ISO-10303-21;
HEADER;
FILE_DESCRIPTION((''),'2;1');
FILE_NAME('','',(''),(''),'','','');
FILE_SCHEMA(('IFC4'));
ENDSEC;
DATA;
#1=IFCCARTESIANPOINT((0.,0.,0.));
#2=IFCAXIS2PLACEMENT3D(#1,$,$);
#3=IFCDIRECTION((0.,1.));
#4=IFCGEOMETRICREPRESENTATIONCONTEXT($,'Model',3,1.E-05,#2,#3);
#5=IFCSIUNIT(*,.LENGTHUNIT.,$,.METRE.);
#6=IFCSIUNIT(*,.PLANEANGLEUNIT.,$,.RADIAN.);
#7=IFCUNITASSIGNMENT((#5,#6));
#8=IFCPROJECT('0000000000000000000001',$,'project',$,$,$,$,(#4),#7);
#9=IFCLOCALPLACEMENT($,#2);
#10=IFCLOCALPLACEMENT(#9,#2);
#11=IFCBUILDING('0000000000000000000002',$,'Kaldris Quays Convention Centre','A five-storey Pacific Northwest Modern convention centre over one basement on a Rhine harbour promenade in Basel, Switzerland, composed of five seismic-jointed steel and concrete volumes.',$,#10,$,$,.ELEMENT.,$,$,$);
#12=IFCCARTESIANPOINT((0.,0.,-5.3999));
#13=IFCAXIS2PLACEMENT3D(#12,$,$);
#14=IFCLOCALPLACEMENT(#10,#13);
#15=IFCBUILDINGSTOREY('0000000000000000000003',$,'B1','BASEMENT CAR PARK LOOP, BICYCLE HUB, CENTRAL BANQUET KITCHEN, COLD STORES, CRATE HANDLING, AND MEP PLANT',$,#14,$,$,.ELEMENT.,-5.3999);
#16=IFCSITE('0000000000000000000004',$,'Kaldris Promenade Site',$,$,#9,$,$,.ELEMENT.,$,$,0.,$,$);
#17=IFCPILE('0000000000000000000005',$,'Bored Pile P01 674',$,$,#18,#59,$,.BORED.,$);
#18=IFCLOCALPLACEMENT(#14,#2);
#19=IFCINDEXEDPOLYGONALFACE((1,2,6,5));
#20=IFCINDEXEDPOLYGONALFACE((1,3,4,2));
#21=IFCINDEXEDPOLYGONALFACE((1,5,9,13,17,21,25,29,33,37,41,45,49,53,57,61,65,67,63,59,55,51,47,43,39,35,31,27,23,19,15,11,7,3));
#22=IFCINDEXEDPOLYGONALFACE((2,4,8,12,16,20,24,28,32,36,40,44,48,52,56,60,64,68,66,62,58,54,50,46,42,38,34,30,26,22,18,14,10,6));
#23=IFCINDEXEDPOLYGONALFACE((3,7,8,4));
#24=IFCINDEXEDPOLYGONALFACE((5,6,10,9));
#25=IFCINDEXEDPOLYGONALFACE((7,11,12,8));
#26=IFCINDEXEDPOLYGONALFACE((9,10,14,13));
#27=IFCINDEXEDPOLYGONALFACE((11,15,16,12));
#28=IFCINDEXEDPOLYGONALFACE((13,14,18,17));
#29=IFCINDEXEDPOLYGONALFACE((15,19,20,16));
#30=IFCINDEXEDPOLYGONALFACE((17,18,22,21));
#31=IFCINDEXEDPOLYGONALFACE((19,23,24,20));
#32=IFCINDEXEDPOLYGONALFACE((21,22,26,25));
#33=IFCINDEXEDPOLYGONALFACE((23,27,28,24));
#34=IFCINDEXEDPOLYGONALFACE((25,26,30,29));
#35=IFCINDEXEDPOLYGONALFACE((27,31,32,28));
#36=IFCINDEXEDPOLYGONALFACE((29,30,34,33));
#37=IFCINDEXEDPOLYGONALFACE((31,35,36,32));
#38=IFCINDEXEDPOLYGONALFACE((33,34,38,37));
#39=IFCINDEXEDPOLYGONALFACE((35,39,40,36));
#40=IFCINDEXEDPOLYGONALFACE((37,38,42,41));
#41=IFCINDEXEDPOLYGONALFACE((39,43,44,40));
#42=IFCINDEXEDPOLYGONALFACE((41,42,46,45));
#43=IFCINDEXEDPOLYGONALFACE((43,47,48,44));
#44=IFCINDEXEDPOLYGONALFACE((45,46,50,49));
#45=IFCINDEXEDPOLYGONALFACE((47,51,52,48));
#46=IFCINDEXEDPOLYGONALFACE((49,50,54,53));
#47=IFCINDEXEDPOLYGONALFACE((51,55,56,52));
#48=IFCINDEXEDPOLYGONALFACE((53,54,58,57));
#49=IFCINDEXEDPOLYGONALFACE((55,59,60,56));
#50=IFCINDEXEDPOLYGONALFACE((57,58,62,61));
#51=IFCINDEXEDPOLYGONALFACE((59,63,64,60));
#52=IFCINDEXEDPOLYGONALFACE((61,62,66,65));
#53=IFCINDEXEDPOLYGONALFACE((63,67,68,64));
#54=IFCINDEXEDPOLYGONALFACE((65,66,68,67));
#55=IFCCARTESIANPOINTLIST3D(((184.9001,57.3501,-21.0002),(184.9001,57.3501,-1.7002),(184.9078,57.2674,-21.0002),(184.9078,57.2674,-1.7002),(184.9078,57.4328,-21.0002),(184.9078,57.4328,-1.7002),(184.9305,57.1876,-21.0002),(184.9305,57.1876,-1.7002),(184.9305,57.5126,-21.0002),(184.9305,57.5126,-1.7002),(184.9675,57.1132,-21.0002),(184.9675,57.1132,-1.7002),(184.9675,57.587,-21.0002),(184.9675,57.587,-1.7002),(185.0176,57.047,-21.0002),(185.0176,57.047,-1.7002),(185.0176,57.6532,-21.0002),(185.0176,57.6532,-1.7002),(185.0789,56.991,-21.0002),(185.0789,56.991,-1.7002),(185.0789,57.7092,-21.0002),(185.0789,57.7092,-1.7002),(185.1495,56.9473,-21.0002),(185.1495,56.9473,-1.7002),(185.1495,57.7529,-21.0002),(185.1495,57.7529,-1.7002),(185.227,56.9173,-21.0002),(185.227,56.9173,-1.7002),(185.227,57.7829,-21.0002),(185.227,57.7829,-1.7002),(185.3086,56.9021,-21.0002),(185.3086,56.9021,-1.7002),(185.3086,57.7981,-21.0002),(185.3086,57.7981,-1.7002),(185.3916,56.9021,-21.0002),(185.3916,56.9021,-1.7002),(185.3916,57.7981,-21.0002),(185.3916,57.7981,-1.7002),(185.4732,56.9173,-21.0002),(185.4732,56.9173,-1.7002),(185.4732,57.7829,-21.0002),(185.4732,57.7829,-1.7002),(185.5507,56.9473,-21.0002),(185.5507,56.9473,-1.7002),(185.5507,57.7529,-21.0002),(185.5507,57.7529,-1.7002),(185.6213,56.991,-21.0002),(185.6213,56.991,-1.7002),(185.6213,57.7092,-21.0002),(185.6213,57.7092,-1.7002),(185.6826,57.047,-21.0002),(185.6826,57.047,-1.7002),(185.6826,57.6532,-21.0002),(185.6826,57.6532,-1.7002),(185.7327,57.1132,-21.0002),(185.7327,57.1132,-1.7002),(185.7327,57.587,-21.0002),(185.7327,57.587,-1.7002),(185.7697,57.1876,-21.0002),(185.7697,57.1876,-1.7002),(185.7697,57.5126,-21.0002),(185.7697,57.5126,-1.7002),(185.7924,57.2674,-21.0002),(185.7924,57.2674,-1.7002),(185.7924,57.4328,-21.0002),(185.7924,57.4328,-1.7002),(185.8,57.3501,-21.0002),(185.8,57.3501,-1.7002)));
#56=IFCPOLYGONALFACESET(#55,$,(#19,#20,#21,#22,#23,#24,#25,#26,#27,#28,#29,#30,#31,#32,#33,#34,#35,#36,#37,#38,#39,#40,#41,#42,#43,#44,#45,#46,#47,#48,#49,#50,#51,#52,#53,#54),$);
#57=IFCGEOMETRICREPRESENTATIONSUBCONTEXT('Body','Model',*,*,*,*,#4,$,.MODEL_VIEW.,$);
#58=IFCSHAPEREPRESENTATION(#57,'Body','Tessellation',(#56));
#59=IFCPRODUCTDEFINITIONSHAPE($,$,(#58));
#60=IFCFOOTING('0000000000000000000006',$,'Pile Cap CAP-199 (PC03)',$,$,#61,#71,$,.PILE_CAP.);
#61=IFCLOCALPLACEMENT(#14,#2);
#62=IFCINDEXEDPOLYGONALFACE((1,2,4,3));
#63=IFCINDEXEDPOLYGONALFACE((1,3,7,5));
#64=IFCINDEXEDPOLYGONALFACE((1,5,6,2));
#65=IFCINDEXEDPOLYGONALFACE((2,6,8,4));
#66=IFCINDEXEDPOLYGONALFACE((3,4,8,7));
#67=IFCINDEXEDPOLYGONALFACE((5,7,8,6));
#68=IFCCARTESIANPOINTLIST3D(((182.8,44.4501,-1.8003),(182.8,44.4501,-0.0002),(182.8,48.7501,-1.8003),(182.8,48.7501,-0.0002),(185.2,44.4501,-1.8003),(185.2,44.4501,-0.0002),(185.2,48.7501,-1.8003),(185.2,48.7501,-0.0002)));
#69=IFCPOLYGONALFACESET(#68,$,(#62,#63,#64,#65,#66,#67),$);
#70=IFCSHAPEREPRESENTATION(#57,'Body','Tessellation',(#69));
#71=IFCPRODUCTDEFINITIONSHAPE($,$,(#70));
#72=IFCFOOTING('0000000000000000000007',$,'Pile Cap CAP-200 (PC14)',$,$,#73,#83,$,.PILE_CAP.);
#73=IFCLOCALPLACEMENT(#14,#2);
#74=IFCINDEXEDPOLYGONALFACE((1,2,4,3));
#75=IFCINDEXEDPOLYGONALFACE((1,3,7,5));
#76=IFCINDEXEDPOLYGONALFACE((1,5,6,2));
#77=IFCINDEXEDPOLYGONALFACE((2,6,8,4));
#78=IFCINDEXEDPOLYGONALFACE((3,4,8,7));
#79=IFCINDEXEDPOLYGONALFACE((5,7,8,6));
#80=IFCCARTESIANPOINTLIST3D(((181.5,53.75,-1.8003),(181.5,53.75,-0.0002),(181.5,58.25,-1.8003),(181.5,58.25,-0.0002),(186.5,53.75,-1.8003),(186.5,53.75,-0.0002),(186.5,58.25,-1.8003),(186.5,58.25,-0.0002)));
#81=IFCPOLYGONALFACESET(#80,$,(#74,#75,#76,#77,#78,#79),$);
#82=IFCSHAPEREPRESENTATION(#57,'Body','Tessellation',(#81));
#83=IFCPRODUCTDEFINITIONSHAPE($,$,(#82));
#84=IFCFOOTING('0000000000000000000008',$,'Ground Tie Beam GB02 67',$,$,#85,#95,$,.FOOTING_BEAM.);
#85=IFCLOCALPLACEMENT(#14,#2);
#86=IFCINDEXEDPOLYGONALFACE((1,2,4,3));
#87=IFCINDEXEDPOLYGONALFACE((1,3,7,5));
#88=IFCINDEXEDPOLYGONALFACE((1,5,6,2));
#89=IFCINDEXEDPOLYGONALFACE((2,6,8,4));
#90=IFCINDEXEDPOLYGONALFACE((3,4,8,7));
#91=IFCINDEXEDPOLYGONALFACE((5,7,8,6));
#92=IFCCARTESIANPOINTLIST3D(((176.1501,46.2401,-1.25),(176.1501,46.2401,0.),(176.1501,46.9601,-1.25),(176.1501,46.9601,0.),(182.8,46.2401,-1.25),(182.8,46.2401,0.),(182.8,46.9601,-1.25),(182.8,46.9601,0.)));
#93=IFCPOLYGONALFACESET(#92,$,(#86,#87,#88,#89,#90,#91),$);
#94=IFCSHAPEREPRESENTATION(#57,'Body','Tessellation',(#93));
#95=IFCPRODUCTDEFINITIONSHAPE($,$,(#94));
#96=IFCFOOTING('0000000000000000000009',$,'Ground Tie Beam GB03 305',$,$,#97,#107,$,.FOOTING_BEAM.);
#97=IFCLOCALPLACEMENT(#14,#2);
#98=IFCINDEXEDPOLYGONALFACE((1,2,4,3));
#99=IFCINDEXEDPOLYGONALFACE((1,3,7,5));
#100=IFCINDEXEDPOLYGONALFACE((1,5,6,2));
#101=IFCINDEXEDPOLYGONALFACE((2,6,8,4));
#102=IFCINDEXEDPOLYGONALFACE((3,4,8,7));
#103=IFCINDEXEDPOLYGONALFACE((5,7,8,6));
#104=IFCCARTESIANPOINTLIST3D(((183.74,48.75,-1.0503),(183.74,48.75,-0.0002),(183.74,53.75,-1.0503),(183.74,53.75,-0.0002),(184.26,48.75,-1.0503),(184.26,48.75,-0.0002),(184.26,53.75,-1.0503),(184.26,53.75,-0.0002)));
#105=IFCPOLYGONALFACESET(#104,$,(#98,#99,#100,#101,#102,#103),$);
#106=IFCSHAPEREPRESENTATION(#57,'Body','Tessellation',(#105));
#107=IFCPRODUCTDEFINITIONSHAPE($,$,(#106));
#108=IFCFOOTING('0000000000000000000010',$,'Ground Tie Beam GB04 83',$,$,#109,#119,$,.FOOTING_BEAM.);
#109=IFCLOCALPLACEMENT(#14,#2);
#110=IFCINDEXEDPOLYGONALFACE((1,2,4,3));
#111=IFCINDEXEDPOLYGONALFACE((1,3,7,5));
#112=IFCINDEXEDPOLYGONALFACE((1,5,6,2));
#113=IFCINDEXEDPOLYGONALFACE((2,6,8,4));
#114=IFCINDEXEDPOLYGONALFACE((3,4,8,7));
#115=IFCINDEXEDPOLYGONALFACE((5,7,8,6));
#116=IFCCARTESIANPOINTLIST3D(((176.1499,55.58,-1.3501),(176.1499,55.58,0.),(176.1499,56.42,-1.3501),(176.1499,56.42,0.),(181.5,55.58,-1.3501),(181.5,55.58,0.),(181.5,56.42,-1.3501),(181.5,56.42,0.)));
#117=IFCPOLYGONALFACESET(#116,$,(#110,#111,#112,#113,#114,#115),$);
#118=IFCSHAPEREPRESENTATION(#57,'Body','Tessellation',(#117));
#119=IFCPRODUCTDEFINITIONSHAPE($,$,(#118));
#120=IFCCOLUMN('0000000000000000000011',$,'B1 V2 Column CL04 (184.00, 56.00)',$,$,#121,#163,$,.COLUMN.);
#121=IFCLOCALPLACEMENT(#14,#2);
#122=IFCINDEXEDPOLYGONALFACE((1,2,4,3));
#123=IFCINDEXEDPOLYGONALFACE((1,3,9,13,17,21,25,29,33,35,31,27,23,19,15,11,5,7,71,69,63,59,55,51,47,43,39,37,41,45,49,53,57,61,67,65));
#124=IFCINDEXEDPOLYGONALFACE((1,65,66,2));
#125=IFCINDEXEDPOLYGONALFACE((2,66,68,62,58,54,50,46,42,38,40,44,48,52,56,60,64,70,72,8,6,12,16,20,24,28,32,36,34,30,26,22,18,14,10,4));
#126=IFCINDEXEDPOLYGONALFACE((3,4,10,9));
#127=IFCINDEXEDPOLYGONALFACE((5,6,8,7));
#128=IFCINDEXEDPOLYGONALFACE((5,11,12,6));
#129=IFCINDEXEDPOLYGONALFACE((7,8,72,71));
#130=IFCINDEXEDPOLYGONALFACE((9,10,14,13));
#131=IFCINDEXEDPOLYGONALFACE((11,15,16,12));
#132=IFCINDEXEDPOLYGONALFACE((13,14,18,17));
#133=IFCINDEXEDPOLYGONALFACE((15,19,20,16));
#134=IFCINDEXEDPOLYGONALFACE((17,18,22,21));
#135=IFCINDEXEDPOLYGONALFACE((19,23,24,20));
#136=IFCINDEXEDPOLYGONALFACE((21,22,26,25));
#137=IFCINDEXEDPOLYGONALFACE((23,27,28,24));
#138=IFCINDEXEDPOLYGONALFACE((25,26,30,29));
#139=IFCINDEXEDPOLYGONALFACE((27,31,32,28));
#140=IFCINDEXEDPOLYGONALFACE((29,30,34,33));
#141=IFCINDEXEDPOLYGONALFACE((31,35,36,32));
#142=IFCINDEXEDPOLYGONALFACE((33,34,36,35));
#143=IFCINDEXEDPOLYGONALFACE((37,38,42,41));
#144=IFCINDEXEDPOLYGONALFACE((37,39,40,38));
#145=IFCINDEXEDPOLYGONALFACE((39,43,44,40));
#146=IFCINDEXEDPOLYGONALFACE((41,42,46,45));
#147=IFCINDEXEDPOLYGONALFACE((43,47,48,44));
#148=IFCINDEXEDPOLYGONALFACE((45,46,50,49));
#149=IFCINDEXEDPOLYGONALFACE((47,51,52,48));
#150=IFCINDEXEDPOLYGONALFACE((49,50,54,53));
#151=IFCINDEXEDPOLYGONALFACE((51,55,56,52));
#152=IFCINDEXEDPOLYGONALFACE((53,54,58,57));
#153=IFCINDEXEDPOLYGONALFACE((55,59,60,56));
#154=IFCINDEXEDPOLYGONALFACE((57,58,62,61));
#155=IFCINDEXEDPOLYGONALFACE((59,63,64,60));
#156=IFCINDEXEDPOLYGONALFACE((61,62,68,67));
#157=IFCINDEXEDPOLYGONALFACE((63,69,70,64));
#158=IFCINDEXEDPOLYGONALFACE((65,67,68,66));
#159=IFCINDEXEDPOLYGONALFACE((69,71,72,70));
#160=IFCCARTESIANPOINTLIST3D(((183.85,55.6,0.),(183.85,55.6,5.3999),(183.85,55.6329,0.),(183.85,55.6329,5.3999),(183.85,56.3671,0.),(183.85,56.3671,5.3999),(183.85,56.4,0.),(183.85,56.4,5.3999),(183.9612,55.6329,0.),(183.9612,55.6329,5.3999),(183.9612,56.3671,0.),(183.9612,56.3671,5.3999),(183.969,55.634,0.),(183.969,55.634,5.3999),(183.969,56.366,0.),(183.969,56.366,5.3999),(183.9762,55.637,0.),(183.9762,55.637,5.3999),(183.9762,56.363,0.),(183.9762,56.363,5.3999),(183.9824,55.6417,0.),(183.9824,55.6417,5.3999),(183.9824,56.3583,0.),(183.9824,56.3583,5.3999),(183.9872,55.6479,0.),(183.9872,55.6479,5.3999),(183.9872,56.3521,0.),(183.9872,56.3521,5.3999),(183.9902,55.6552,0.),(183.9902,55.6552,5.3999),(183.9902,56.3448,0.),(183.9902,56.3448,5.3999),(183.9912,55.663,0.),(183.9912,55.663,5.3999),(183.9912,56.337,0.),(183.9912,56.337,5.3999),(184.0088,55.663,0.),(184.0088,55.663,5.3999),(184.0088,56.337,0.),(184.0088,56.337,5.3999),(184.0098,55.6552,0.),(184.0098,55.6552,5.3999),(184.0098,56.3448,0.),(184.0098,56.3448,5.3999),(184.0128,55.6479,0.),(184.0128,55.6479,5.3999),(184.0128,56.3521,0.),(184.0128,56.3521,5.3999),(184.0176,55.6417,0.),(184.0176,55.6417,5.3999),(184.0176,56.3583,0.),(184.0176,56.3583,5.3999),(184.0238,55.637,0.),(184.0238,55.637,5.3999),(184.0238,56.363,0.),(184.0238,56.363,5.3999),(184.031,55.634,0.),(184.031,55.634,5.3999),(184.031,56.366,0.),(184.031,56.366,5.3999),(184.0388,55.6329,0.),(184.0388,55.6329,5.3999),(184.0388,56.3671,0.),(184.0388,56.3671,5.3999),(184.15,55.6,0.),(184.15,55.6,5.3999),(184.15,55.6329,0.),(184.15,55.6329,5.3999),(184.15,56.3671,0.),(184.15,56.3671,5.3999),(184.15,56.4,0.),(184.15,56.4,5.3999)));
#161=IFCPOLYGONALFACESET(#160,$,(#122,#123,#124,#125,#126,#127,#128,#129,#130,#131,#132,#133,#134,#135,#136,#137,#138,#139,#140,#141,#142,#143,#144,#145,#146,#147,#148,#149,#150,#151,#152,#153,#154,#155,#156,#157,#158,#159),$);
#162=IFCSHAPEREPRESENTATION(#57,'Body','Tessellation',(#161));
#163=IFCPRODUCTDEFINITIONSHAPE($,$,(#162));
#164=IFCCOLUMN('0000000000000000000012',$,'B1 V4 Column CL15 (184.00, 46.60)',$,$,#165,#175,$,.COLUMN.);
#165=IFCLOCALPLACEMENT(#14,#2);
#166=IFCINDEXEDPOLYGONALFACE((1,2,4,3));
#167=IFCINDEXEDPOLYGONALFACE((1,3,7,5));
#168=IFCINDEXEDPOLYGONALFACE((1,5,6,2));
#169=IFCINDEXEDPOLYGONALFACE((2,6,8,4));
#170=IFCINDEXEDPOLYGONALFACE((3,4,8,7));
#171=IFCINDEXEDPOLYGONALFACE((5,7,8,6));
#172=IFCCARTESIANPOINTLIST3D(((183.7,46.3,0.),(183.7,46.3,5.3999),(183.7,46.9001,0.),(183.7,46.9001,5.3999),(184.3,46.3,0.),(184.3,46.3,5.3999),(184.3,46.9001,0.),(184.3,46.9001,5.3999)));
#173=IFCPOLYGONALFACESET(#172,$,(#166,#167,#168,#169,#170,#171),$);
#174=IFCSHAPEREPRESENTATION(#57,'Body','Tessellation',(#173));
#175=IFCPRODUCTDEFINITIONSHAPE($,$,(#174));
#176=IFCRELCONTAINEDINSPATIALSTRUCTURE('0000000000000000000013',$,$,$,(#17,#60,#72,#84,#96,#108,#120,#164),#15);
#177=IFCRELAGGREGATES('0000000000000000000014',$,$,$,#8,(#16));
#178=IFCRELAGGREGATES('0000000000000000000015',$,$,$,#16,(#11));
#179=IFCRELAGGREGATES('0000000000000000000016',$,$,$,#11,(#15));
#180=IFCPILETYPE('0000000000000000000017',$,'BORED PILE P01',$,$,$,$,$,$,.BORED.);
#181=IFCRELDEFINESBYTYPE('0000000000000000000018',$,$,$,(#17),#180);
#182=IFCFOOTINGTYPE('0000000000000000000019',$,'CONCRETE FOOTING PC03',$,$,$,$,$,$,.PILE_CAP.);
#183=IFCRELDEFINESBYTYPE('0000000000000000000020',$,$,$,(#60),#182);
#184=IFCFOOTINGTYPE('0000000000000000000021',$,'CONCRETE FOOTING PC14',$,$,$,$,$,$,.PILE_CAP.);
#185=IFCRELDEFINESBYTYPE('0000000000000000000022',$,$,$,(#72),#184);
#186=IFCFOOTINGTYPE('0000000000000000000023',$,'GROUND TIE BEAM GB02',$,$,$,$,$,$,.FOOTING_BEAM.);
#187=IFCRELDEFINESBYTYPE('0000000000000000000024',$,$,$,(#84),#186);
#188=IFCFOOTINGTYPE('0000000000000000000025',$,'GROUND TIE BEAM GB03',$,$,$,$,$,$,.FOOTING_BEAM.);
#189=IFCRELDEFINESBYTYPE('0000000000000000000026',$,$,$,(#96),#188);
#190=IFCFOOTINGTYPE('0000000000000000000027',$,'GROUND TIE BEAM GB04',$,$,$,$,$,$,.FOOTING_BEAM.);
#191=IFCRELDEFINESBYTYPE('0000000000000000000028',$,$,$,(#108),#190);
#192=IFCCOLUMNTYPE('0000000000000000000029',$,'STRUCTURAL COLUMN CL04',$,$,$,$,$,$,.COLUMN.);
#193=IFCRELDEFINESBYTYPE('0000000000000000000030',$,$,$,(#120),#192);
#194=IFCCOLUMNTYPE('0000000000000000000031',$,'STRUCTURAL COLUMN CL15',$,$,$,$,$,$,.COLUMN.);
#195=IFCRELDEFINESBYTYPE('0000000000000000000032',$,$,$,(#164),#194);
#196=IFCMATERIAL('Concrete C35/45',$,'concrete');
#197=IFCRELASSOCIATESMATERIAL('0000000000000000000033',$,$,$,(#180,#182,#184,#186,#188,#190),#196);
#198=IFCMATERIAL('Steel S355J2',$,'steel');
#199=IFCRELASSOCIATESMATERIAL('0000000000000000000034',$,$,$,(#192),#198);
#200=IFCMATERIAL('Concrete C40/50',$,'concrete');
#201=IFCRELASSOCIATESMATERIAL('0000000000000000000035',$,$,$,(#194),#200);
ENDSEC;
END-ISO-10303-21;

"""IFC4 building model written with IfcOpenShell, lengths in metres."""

from ifc_helpers import new_model, si_unit, direction, frame, origin, origin_2d, place, context, subcontext, project, spatial, rectangle, circle, i_section, extrude, material, material_profile, profile_set, type_object, element, save


model = new_model("IFC4")

# Units and contexts
model_context = context("Model", 3, precision=1e-05, world=origin(), true_north=direction((0.0, 1.0)))
body_context = subcontext(model_context, "Body", "Model", "MODEL_VIEW")
ifc_project = project(units=[si_unit("LENGTHUNIT", "METRE"), si_unit("PLANEANGLEUNIT", "RADIAN")], contexts=[model_context])

# Site, building, storey
site_placement = place(None, origin())
site = spatial("IfcSite", under=ifc_project, at=site_placement, Name="Kaldris Promenade Site", CompositionType="ELEMENT", RefElevation=0.0)
building_placement = place(site_placement, origin())
building = spatial("IfcBuilding", under=site, at=building_placement, Name="Kaldris Quays Convention Centre", Description="A five-storey Pacific Northwest Modern convention centre over one basement on a Rhine harbour promenade in Basel, Switzerland, composed of five seismic-jointed steel and concrete volumes.", CompositionType="ELEMENT")
storey_placement = place(building_placement, frame((0.0, 0.0, -5.3999)))
storey = spatial("IfcBuildingStorey", under=building, at=storey_placement, Name="B1", Description="BASEMENT CAR PARK LOOP, BICYCLE HUB, CENTRAL BANQUET KITCHEN, COLD STORES, CRATE HANDLING, AND MEP PLANT", CompositionType="ELEMENT", Elevation=-5.3999)

# Pile
ifc_material_1 = material(Name="Concrete C35/45", Category="concrete")
ifc_material_profile_1 = material_profile(ifc_material_1, circle(Radius=0.45, at=origin_2d()), Name="BORED PILE D900")
ifc_profile_set_1 = profile_set([ifc_material_profile_1], Name="Concrete C35/45")
pile_type = type_object("IfcPileType", Name="BORED PILE P01", PredefinedType="BORED", material=ifc_profile_set_1)
for number, where, z_axis, x_axis, name in (
    (1, (185.3501, 57.3501, -1.7002), (0.0, 0.0, -1.0), (1.0, 0.0, 0.0), "Bored Pile P01 674"),
):
    element("IfcPile", number, at=place(storey_placement, frame(where, z_axis=z_axis, x_axis=x_axis)), inside=storey, type_object=pile_type, Name=name, PredefinedType="BORED", context=body_context, shape_type="SweptSolid", body=[
        extrude(circle(Radius=0.45, at=origin_2d()), origin(), (0.0, 0.0, 1.0), 19.3),
    ])

# Footings
footing_type_1 = type_object("IfcFootingType", Name="CONCRETE FOOTING PC03", PredefinedType="PILE_CAP", material=ifc_material_1)
footing_1_placement = place(storey_placement, frame((184.0, 46.6001, -1.8003), z_axis=(0.0, 0.0, 1.0), x_axis=(1.0, 0.0, 0.0)))
element("IfcFooting", 2, at=footing_1_placement, inside=storey, type_object=footing_type_1, Name="Pile Cap CAP-199 (PC03)", PredefinedType="PILE_CAP", context=body_context, shape_type="SweptSolid", body=[
    extrude(rectangle(XDim=2.3999, YDim=4.3, at=origin_2d()), origin(), (0.0, 0.0, 1.0), 1.8),
])
footing_type_2 = type_object("IfcFootingType", Name="CONCRETE FOOTING PC14", PredefinedType="PILE_CAP", material=ifc_material_1)
footing_2_placement = place(storey_placement, frame((184.0, 56.0, -1.8003), z_axis=(0.0, 0.0, 1.0), x_axis=(1.0, 0.0, 0.0)))
element("IfcFooting", 3, at=footing_2_placement, inside=storey, type_object=footing_type_2, Name="Pile Cap CAP-200 (PC14)", PredefinedType="PILE_CAP", context=body_context, shape_type="SweptSolid", body=[
    extrude(rectangle(XDim=5.0, YDim=4.5, at=origin_2d()), origin(), (0.0, 0.0, 1.0), 1.8),
])
footing_type_3 = type_object("IfcFootingType", Name="GROUND TIE BEAM GB02", PredefinedType="FOOTING_BEAM", material=ifc_material_1)
footing_3_placement = place(storey_placement, frame((179.4751, 46.6001, -1.25), z_axis=(0.0, 0.0, 1.0), x_axis=(1.0, 0.0, 0.0)))
element("IfcFooting", 4, at=footing_3_placement, inside=storey, type_object=footing_type_3, Name="Ground Tie Beam GB02 67", PredefinedType="FOOTING_BEAM", context=body_context, shape_type="SweptSolid", body=[
    extrude(rectangle(XDim=6.6499, YDim=0.72, at=origin_2d()), origin(), (0.0, 0.0, 1.0), 1.25),
])
footing_type_4 = type_object("IfcFootingType", Name="GROUND TIE BEAM GB03", PredefinedType="FOOTING_BEAM", material=ifc_material_1)
footing_4_placement = place(storey_placement, frame((184.0, 51.25, -1.0503), z_axis=(0.0, 0.0, 1.0), x_axis=(1.0, 0.0, 0.0)))
element("IfcFooting", 5, at=footing_4_placement, inside=storey, type_object=footing_type_4, Name="Ground Tie Beam GB03 305", PredefinedType="FOOTING_BEAM", context=body_context, shape_type="SweptSolid", body=[
    extrude(rectangle(XDim=0.52, YDim=5.0, at=origin_2d()), origin(), (0.0, 0.0, 1.0), 1.05),
])
footing_type_5 = type_object("IfcFootingType", Name="GROUND TIE BEAM GB04", PredefinedType="FOOTING_BEAM", material=ifc_material_1)
footing_5_placement = place(storey_placement, frame((178.825, 56.0, -1.3501), z_axis=(0.0, 0.0, 1.0), x_axis=(1.0, 0.0, 0.0)))
element("IfcFooting", 6, at=footing_5_placement, inside=storey, type_object=footing_type_5, Name="Ground Tie Beam GB04 83", PredefinedType="FOOTING_BEAM", context=body_context, shape_type="SweptSolid", body=[
    extrude(rectangle(XDim=5.3501, YDim=0.8401, at=origin_2d()), origin(), (0.0, 0.0, 1.0), 1.3501),
])

# Columns
ifc_material_2 = material(Name="Steel S355J2", Category="steel")
ifc_material_profile_2 = material_profile(ifc_material_2, i_section(OverallWidth=0.3, OverallDepth=0.8, WebThickness=0.0176, FlangeThickness=0.033, FilletRadius=0.03, at=origin_2d()), Name="HEB 800")
ifc_profile_set_2 = profile_set([ifc_material_profile_2], Name="Steel S355J2")
column_type_1 = type_object("IfcColumnType", Name="STRUCTURAL COLUMN CL04", PredefinedType="COLUMN", material=ifc_profile_set_2)
column_1_placement = place(storey_placement, frame((184.0, 56.0, 0.0), z_axis=(0.0, 0.0, 1.0), x_axis=(1.0, 0.0, 0.0)))
element("IfcColumn", 7, at=column_1_placement, inside=storey, type_object=column_type_1, Name="B1 V2 Column CL04 (184.00, 56.00)", PredefinedType="COLUMN", context=body_context, shape_type="SweptSolid", body=[
    extrude(i_section(OverallWidth=0.3, OverallDepth=0.8, WebThickness=0.0176, FlangeThickness=0.033, FilletRadius=0.03, at=origin_2d()), origin(), (0.0, 0.0, 1.0), 5.3999),
])
ifc_material_3 = material(Name="Concrete C40/50", Category="concrete")
ifc_material_profile_3 = material_profile(ifc_material_3, rectangle(XDim=0.6001, YDim=0.6001, at=origin_2d()), Name="RC 600x600")
ifc_profile_set_3 = profile_set([ifc_material_profile_3], Name="Concrete C40/50")
column_type_2 = type_object("IfcColumnType", Name="STRUCTURAL COLUMN CL15", PredefinedType="COLUMN", material=ifc_profile_set_3)
column_2_placement = place(storey_placement, frame((184.0, 46.6001, 0.0), z_axis=(0.0, 0.0, 1.0), x_axis=(1.0, 0.0, 0.0)))
element("IfcColumn", 8, at=column_2_placement, inside=storey, type_object=column_type_2, Name="B1 V4 Column CL15 (184.00, 46.60)", PredefinedType="COLUMN", context=body_context, shape_type="SweptSolid", body=[
    extrude(rectangle(XDim=0.6001, YDim=0.6001, at=origin_2d()), origin(), (0.0, 0.0, 1.0), 5.3999),
])

save(model, "model.ifc")
